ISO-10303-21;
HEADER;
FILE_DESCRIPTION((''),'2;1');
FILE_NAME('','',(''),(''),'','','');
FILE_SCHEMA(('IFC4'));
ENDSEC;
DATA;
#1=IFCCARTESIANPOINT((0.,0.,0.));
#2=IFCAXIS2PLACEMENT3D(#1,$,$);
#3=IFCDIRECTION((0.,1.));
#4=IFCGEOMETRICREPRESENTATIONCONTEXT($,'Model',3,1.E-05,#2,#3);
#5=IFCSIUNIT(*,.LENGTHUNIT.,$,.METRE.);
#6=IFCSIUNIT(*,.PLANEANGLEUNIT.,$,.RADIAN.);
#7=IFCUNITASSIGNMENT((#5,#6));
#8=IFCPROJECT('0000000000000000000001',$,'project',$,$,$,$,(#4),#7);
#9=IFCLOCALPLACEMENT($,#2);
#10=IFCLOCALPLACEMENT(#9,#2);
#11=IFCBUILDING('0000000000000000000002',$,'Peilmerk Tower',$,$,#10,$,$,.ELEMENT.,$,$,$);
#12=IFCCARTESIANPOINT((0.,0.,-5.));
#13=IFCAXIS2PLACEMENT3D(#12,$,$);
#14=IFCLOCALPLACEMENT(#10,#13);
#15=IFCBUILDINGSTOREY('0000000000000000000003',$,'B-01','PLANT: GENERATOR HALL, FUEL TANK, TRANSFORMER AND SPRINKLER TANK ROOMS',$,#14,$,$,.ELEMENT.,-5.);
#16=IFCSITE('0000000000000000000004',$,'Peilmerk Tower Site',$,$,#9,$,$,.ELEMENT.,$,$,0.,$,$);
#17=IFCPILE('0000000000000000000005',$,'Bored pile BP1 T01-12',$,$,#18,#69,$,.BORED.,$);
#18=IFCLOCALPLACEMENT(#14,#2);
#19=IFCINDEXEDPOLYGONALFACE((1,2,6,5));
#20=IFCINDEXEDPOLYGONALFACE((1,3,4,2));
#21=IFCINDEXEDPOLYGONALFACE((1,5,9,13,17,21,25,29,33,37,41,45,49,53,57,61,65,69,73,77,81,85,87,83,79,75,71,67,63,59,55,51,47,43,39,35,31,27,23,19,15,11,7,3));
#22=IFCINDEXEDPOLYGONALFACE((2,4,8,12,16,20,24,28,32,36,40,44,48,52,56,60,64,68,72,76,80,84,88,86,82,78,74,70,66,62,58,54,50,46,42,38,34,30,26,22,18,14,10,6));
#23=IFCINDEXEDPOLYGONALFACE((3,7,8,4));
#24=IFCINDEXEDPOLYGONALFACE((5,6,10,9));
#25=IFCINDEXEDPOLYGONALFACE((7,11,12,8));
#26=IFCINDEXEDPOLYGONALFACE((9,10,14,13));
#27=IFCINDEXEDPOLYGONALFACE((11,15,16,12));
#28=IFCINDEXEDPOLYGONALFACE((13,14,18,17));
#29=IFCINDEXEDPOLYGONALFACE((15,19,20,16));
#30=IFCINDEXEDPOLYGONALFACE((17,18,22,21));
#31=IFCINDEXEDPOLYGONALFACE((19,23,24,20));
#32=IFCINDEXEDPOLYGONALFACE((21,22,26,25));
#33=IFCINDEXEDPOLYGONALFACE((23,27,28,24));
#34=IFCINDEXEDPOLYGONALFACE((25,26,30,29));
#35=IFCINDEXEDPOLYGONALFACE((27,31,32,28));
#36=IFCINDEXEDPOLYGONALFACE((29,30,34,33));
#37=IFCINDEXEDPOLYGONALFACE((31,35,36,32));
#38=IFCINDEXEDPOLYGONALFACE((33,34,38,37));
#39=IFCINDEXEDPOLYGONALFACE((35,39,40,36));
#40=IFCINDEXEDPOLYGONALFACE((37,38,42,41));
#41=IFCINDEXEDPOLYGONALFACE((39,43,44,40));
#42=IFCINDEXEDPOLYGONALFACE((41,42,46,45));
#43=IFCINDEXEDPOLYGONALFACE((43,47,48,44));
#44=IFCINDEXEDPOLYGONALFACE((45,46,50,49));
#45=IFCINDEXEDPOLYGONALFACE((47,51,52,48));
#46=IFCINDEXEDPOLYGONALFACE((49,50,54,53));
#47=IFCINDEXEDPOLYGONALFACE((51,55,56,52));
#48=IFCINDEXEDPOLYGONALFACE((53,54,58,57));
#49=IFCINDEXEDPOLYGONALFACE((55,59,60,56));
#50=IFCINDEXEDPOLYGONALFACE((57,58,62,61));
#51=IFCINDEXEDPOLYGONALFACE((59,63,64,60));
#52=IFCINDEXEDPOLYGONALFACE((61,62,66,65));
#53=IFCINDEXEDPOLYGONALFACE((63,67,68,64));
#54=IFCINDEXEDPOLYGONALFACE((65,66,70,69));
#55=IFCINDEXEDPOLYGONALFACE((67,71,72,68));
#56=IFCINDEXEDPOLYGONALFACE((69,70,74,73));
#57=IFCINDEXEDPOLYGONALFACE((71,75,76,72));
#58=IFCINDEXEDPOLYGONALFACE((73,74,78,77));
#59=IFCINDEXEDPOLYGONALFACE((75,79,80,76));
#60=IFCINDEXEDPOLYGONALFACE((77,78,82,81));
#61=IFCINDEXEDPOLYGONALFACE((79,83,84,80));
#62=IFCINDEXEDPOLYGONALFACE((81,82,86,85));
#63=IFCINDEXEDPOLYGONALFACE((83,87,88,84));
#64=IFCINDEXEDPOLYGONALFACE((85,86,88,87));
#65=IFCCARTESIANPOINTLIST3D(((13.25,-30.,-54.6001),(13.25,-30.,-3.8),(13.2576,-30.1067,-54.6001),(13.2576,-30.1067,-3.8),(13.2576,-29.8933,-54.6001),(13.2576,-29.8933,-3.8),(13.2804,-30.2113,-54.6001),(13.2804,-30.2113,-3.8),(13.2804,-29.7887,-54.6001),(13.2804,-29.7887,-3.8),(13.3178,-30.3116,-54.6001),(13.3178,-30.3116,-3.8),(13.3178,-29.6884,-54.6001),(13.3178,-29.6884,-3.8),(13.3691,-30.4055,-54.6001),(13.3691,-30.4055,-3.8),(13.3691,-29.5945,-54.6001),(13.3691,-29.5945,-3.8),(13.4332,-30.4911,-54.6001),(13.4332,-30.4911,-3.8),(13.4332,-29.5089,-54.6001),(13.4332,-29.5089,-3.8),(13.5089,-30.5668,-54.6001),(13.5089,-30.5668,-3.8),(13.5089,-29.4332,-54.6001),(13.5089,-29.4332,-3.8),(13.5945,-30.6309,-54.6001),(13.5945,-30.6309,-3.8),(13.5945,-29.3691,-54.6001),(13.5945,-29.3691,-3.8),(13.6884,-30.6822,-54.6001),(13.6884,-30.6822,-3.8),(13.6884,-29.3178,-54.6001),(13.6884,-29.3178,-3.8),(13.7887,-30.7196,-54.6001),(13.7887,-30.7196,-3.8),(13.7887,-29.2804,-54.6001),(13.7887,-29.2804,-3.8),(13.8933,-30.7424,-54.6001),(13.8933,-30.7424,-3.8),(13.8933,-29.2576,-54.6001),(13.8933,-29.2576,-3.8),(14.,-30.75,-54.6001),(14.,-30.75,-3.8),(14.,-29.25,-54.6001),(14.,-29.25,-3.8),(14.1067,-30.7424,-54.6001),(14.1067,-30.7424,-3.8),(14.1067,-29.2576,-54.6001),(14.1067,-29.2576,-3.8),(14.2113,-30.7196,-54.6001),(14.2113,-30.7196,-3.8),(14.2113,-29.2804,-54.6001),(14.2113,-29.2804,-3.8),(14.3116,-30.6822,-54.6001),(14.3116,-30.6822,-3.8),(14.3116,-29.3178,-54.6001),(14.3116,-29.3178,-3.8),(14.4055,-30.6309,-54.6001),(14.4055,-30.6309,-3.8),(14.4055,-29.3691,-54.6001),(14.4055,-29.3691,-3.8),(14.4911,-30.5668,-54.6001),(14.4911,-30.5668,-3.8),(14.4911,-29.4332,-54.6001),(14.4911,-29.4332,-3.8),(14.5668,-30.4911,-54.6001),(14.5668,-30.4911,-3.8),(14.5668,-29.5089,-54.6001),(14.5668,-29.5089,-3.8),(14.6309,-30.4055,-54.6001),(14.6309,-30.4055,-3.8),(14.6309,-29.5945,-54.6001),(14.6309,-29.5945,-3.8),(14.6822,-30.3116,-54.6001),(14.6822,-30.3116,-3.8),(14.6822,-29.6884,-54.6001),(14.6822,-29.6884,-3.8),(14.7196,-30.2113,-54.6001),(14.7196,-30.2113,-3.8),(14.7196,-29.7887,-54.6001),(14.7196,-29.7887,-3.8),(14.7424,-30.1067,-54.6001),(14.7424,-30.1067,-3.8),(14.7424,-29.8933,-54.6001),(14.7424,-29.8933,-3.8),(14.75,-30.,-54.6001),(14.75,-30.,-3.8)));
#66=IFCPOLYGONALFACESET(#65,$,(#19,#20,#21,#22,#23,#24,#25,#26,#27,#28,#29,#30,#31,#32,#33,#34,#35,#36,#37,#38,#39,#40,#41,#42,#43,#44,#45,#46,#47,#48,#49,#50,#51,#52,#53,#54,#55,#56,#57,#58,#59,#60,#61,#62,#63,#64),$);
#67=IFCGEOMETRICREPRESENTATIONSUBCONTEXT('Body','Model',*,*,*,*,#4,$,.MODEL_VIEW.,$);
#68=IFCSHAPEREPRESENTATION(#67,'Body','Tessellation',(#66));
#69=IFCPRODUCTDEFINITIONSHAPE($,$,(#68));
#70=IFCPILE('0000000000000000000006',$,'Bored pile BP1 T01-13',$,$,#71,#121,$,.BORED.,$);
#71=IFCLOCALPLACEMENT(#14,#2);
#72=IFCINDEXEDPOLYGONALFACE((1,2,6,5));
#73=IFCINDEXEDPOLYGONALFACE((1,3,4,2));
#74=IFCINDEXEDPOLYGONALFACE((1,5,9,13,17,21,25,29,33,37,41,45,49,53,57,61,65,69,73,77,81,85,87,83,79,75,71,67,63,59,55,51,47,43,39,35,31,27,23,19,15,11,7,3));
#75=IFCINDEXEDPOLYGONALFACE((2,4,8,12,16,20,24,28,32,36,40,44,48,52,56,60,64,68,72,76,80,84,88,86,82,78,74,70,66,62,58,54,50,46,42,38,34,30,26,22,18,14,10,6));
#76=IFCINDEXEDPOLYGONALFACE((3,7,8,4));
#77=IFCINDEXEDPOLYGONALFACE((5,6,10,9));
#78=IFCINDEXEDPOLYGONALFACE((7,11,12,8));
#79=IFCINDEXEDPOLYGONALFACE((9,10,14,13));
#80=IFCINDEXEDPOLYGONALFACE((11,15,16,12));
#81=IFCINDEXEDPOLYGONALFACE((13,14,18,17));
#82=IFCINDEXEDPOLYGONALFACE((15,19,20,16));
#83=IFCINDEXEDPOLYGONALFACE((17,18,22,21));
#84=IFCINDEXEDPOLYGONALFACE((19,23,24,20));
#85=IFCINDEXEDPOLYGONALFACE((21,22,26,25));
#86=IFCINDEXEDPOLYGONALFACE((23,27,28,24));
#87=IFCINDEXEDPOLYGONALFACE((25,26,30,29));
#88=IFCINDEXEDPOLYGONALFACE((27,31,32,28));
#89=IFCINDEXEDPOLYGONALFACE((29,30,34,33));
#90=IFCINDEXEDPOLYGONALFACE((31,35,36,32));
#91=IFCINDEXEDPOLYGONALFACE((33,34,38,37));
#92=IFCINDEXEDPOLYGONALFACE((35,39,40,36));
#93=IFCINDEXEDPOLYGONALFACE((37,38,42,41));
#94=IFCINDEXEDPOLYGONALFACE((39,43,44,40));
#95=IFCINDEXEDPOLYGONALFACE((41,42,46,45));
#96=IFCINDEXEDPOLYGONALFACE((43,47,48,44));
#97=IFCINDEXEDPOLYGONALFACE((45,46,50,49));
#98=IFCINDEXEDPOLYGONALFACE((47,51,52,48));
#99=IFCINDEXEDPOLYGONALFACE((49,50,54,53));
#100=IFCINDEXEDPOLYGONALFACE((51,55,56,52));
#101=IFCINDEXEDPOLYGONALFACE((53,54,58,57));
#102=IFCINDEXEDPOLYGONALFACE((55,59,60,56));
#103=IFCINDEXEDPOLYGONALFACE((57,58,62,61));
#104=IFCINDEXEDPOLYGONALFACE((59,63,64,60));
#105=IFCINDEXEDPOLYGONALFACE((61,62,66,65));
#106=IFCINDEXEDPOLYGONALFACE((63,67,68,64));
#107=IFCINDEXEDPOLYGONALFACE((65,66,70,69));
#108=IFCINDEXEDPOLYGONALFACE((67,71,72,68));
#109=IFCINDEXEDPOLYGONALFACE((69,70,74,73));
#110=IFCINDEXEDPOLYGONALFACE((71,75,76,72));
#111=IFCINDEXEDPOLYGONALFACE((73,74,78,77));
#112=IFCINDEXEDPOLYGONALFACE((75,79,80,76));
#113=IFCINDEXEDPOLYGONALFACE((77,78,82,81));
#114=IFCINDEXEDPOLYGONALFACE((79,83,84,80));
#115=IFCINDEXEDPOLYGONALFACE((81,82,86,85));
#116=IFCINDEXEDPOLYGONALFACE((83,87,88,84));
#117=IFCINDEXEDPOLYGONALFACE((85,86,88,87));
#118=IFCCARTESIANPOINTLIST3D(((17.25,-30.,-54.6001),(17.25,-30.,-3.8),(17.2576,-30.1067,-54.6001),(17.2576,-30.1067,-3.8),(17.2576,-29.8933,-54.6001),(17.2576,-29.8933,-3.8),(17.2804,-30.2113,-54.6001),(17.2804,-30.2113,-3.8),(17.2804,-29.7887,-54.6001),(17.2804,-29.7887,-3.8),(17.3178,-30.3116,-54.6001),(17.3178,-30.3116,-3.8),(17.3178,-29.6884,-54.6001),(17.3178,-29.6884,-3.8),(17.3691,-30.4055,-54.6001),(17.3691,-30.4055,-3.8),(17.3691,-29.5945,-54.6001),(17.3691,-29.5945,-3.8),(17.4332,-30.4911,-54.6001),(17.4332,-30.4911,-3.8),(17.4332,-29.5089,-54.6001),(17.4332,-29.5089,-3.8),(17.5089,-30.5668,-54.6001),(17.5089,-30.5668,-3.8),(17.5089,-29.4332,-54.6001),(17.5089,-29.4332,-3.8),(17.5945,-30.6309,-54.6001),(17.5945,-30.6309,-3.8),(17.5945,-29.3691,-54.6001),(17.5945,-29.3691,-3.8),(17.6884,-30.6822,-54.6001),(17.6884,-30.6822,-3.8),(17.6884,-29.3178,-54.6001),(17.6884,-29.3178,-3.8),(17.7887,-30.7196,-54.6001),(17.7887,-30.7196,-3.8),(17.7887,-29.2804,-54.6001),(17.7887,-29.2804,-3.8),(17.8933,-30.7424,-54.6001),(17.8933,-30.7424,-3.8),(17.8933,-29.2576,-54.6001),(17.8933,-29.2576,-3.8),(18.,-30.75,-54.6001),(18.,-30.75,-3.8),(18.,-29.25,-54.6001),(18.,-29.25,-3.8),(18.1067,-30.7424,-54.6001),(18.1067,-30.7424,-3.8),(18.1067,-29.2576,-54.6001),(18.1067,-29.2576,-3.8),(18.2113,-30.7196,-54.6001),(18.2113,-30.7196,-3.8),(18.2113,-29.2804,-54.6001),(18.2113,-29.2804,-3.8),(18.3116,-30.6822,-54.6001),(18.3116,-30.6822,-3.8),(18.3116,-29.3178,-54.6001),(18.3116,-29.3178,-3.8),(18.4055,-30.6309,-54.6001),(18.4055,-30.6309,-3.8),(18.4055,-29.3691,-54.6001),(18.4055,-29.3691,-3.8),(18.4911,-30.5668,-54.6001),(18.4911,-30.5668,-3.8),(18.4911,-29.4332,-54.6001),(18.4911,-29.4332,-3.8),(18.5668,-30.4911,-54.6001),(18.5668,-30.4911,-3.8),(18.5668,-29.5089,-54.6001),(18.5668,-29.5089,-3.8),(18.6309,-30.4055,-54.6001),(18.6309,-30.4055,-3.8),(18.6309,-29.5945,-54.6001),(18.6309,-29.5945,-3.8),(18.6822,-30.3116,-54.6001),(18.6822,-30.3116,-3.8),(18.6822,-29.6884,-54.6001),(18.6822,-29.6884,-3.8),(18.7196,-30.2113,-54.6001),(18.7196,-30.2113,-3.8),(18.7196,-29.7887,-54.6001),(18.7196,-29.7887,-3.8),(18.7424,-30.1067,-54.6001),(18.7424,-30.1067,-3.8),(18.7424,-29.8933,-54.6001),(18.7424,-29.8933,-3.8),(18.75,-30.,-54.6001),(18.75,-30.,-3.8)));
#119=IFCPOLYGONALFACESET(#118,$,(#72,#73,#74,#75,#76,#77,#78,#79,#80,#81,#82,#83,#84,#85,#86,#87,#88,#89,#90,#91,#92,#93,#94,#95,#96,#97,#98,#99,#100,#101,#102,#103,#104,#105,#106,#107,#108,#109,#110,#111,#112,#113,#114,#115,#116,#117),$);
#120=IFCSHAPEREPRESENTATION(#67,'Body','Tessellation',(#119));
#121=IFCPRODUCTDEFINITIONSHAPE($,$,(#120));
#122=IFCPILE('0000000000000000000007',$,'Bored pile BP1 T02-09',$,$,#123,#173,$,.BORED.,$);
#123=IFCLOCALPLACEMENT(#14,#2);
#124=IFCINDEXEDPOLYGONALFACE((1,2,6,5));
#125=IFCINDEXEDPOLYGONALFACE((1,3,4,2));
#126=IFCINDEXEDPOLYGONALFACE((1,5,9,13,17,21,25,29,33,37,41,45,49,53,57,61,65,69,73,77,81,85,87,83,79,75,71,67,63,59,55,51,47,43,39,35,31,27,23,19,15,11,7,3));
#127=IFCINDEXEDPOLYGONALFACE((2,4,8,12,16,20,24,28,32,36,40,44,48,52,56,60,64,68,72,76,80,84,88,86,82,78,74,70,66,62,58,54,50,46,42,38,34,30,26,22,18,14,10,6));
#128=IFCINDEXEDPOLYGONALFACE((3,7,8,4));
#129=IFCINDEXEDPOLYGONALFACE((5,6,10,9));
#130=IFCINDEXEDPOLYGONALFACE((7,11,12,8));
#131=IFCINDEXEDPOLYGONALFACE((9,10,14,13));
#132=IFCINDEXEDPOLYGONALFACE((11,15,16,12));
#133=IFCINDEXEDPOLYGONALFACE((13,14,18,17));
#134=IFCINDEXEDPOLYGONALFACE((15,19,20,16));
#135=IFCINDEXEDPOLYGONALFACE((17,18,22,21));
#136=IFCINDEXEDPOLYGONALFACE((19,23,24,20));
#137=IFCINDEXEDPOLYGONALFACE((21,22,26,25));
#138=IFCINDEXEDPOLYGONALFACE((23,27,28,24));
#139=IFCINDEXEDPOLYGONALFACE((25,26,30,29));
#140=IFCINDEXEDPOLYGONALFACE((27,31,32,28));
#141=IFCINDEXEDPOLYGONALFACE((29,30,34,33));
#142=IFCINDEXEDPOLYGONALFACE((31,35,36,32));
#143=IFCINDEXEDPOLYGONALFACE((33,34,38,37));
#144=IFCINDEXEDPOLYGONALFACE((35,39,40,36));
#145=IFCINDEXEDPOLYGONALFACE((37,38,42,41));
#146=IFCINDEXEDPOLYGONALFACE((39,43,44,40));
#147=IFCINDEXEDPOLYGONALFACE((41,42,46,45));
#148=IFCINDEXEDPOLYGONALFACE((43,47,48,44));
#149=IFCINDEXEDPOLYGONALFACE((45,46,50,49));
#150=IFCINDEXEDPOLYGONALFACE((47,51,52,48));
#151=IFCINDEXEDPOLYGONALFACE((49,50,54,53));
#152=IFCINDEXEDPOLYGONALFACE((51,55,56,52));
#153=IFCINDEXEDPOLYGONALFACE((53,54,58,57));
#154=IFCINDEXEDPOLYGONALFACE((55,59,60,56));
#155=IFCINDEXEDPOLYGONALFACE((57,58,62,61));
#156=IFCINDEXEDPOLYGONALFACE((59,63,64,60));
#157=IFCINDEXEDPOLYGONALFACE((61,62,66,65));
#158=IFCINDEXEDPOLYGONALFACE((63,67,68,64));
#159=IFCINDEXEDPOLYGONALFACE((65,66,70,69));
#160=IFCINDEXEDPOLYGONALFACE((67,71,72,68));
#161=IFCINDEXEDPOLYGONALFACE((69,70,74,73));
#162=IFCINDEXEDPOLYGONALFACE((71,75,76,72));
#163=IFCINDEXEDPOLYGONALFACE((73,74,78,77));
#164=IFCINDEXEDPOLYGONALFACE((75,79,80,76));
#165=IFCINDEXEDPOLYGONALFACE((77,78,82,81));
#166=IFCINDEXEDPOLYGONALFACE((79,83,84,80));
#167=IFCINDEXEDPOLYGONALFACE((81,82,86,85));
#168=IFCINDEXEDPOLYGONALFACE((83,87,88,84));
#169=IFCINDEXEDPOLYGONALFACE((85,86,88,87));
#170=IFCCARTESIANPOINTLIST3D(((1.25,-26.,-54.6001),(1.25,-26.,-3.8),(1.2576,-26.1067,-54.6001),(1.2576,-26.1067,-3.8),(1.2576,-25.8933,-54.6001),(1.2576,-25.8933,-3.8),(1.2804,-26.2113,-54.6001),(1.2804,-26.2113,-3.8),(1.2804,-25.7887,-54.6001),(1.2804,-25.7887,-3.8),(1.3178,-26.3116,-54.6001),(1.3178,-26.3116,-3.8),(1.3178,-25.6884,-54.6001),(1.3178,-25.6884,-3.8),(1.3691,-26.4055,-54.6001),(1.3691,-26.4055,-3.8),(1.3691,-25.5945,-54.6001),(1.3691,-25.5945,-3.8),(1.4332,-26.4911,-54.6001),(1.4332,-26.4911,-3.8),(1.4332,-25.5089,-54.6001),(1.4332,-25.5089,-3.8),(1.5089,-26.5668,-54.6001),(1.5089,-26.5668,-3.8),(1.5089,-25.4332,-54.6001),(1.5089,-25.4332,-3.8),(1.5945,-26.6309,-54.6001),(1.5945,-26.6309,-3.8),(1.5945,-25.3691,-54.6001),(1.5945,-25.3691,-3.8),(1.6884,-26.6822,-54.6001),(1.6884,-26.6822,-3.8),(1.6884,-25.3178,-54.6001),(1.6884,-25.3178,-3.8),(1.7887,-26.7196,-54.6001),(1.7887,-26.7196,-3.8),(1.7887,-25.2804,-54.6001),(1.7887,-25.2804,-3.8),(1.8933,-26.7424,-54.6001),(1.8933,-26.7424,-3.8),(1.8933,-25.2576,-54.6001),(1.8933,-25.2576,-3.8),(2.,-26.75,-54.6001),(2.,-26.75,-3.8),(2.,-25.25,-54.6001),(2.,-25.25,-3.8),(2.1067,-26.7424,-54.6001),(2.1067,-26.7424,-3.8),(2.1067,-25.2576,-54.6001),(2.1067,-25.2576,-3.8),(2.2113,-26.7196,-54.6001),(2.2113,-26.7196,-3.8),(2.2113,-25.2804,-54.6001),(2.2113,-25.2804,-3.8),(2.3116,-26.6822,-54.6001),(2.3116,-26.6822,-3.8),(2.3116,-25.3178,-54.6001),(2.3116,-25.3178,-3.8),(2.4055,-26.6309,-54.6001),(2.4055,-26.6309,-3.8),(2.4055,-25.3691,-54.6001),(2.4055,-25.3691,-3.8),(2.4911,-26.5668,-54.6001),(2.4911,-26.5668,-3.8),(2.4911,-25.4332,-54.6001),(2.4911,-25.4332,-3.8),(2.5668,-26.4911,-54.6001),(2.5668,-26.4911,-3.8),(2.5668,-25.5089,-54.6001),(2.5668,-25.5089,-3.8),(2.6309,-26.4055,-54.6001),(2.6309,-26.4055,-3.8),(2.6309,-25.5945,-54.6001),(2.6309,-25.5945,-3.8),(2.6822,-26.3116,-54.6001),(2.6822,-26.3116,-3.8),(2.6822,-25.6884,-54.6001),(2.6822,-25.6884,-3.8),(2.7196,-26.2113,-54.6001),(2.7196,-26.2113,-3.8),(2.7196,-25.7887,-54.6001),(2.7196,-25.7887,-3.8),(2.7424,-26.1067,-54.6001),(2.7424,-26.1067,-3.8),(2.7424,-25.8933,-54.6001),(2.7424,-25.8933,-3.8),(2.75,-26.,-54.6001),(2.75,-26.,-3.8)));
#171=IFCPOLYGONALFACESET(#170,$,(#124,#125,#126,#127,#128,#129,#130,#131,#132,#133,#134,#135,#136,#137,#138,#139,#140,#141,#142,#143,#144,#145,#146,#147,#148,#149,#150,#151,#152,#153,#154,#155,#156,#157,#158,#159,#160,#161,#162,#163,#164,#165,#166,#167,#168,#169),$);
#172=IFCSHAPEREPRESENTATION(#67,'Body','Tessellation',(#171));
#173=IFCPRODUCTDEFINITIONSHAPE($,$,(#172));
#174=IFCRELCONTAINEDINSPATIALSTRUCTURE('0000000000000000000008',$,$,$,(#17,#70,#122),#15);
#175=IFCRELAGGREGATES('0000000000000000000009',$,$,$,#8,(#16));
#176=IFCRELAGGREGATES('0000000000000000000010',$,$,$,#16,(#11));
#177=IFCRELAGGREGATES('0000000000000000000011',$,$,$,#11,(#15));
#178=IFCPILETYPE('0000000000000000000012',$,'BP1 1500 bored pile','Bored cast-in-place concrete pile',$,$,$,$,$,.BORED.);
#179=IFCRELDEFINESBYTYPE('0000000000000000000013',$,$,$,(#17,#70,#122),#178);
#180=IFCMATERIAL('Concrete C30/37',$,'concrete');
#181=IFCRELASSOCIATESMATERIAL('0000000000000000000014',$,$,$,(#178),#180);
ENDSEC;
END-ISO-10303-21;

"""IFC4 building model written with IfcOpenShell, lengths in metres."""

from ifc_helpers import new_model, si_unit, direction, frame, origin, origin_2d, place, context, subcontext, project, spatial, circle, extrude, material, material_profile, profile_set, type_object, element, save


model = new_model("IFC4")

# Units and contexts
model_context = context("Model", 3, precision=1e-05, world=origin(), true_north=direction((0.0, 1.0)))
body_context = subcontext(model_context, "Body", "Model", "MODEL_VIEW")
ifc_project = project(units=[si_unit("LENGTHUNIT", "METRE"), si_unit("PLANEANGLEUNIT", "RADIAN")], contexts=[model_context])

# Site, building, storey
site_placement = place(None, origin())
site = spatial("IfcSite", under=ifc_project, at=site_placement, Name="Peilmerk Tower Site", CompositionType="ELEMENT", RefElevation=0.0)
building_placement = place(site_placement, origin())
building = spatial("IfcBuilding", under=site, at=building_placement, Name="Peilmerk Tower", CompositionType="ELEMENT")
storey_placement = place(building_placement, frame((0.0, 0.0, -5.0)))
storey = spatial("IfcBuildingStorey", under=building, at=storey_placement, Name="B-01", Description="PLANT: GENERATOR HALL, FUEL TANK, TRANSFORMER AND SPRINKLER TANK ROOMS", CompositionType="ELEMENT", Elevation=-5.0)

# Piles
ifc_material_1 = material(Name="Concrete C30/37", Category="concrete")
ifc_material_profile_1 = material_profile(ifc_material_1, circle(Radius=0.75, at=origin_2d()), Name="BP 1500")
ifc_profile_set_1 = profile_set([ifc_material_profile_1], Name="Concrete C30/37")
pile_type = type_object("IfcPileType", Name="BP1 1500 bored pile", Description="Bored cast-in-place concrete pile", PredefinedType="BORED", material=ifc_profile_set_1)
for number, where, z_axis, x_axis, name in (
    (1, (14.0, -30.0, -3.8), (0.0, 0.0, -1.0), (1.0, 0.0, 0.0), "Bored pile BP1 T01-12"),
    (2, (18.0, -30.0, -3.8), (0.0, 0.0, -1.0), (1.0, 0.0, 0.0), "Bored pile BP1 T01-13"),
    (3, (2.0, -26.0, -3.8), (0.0, 0.0, -1.0), (1.0, 0.0, 0.0), "Bored pile BP1 T02-09"),
):
    element("IfcPile", number, at=place(storey_placement, frame(where, z_axis=z_axis, x_axis=x_axis)), inside=storey, type_object=pile_type, Name=name, PredefinedType="BORED", context=body_context, shape_type="SweptSolid", body=[
        extrude(circle(Radius=0.75, at=origin_2d()), origin(), (0.0, 0.0, 1.0), 50.8),
    ])

save(model, "model.ifc")
